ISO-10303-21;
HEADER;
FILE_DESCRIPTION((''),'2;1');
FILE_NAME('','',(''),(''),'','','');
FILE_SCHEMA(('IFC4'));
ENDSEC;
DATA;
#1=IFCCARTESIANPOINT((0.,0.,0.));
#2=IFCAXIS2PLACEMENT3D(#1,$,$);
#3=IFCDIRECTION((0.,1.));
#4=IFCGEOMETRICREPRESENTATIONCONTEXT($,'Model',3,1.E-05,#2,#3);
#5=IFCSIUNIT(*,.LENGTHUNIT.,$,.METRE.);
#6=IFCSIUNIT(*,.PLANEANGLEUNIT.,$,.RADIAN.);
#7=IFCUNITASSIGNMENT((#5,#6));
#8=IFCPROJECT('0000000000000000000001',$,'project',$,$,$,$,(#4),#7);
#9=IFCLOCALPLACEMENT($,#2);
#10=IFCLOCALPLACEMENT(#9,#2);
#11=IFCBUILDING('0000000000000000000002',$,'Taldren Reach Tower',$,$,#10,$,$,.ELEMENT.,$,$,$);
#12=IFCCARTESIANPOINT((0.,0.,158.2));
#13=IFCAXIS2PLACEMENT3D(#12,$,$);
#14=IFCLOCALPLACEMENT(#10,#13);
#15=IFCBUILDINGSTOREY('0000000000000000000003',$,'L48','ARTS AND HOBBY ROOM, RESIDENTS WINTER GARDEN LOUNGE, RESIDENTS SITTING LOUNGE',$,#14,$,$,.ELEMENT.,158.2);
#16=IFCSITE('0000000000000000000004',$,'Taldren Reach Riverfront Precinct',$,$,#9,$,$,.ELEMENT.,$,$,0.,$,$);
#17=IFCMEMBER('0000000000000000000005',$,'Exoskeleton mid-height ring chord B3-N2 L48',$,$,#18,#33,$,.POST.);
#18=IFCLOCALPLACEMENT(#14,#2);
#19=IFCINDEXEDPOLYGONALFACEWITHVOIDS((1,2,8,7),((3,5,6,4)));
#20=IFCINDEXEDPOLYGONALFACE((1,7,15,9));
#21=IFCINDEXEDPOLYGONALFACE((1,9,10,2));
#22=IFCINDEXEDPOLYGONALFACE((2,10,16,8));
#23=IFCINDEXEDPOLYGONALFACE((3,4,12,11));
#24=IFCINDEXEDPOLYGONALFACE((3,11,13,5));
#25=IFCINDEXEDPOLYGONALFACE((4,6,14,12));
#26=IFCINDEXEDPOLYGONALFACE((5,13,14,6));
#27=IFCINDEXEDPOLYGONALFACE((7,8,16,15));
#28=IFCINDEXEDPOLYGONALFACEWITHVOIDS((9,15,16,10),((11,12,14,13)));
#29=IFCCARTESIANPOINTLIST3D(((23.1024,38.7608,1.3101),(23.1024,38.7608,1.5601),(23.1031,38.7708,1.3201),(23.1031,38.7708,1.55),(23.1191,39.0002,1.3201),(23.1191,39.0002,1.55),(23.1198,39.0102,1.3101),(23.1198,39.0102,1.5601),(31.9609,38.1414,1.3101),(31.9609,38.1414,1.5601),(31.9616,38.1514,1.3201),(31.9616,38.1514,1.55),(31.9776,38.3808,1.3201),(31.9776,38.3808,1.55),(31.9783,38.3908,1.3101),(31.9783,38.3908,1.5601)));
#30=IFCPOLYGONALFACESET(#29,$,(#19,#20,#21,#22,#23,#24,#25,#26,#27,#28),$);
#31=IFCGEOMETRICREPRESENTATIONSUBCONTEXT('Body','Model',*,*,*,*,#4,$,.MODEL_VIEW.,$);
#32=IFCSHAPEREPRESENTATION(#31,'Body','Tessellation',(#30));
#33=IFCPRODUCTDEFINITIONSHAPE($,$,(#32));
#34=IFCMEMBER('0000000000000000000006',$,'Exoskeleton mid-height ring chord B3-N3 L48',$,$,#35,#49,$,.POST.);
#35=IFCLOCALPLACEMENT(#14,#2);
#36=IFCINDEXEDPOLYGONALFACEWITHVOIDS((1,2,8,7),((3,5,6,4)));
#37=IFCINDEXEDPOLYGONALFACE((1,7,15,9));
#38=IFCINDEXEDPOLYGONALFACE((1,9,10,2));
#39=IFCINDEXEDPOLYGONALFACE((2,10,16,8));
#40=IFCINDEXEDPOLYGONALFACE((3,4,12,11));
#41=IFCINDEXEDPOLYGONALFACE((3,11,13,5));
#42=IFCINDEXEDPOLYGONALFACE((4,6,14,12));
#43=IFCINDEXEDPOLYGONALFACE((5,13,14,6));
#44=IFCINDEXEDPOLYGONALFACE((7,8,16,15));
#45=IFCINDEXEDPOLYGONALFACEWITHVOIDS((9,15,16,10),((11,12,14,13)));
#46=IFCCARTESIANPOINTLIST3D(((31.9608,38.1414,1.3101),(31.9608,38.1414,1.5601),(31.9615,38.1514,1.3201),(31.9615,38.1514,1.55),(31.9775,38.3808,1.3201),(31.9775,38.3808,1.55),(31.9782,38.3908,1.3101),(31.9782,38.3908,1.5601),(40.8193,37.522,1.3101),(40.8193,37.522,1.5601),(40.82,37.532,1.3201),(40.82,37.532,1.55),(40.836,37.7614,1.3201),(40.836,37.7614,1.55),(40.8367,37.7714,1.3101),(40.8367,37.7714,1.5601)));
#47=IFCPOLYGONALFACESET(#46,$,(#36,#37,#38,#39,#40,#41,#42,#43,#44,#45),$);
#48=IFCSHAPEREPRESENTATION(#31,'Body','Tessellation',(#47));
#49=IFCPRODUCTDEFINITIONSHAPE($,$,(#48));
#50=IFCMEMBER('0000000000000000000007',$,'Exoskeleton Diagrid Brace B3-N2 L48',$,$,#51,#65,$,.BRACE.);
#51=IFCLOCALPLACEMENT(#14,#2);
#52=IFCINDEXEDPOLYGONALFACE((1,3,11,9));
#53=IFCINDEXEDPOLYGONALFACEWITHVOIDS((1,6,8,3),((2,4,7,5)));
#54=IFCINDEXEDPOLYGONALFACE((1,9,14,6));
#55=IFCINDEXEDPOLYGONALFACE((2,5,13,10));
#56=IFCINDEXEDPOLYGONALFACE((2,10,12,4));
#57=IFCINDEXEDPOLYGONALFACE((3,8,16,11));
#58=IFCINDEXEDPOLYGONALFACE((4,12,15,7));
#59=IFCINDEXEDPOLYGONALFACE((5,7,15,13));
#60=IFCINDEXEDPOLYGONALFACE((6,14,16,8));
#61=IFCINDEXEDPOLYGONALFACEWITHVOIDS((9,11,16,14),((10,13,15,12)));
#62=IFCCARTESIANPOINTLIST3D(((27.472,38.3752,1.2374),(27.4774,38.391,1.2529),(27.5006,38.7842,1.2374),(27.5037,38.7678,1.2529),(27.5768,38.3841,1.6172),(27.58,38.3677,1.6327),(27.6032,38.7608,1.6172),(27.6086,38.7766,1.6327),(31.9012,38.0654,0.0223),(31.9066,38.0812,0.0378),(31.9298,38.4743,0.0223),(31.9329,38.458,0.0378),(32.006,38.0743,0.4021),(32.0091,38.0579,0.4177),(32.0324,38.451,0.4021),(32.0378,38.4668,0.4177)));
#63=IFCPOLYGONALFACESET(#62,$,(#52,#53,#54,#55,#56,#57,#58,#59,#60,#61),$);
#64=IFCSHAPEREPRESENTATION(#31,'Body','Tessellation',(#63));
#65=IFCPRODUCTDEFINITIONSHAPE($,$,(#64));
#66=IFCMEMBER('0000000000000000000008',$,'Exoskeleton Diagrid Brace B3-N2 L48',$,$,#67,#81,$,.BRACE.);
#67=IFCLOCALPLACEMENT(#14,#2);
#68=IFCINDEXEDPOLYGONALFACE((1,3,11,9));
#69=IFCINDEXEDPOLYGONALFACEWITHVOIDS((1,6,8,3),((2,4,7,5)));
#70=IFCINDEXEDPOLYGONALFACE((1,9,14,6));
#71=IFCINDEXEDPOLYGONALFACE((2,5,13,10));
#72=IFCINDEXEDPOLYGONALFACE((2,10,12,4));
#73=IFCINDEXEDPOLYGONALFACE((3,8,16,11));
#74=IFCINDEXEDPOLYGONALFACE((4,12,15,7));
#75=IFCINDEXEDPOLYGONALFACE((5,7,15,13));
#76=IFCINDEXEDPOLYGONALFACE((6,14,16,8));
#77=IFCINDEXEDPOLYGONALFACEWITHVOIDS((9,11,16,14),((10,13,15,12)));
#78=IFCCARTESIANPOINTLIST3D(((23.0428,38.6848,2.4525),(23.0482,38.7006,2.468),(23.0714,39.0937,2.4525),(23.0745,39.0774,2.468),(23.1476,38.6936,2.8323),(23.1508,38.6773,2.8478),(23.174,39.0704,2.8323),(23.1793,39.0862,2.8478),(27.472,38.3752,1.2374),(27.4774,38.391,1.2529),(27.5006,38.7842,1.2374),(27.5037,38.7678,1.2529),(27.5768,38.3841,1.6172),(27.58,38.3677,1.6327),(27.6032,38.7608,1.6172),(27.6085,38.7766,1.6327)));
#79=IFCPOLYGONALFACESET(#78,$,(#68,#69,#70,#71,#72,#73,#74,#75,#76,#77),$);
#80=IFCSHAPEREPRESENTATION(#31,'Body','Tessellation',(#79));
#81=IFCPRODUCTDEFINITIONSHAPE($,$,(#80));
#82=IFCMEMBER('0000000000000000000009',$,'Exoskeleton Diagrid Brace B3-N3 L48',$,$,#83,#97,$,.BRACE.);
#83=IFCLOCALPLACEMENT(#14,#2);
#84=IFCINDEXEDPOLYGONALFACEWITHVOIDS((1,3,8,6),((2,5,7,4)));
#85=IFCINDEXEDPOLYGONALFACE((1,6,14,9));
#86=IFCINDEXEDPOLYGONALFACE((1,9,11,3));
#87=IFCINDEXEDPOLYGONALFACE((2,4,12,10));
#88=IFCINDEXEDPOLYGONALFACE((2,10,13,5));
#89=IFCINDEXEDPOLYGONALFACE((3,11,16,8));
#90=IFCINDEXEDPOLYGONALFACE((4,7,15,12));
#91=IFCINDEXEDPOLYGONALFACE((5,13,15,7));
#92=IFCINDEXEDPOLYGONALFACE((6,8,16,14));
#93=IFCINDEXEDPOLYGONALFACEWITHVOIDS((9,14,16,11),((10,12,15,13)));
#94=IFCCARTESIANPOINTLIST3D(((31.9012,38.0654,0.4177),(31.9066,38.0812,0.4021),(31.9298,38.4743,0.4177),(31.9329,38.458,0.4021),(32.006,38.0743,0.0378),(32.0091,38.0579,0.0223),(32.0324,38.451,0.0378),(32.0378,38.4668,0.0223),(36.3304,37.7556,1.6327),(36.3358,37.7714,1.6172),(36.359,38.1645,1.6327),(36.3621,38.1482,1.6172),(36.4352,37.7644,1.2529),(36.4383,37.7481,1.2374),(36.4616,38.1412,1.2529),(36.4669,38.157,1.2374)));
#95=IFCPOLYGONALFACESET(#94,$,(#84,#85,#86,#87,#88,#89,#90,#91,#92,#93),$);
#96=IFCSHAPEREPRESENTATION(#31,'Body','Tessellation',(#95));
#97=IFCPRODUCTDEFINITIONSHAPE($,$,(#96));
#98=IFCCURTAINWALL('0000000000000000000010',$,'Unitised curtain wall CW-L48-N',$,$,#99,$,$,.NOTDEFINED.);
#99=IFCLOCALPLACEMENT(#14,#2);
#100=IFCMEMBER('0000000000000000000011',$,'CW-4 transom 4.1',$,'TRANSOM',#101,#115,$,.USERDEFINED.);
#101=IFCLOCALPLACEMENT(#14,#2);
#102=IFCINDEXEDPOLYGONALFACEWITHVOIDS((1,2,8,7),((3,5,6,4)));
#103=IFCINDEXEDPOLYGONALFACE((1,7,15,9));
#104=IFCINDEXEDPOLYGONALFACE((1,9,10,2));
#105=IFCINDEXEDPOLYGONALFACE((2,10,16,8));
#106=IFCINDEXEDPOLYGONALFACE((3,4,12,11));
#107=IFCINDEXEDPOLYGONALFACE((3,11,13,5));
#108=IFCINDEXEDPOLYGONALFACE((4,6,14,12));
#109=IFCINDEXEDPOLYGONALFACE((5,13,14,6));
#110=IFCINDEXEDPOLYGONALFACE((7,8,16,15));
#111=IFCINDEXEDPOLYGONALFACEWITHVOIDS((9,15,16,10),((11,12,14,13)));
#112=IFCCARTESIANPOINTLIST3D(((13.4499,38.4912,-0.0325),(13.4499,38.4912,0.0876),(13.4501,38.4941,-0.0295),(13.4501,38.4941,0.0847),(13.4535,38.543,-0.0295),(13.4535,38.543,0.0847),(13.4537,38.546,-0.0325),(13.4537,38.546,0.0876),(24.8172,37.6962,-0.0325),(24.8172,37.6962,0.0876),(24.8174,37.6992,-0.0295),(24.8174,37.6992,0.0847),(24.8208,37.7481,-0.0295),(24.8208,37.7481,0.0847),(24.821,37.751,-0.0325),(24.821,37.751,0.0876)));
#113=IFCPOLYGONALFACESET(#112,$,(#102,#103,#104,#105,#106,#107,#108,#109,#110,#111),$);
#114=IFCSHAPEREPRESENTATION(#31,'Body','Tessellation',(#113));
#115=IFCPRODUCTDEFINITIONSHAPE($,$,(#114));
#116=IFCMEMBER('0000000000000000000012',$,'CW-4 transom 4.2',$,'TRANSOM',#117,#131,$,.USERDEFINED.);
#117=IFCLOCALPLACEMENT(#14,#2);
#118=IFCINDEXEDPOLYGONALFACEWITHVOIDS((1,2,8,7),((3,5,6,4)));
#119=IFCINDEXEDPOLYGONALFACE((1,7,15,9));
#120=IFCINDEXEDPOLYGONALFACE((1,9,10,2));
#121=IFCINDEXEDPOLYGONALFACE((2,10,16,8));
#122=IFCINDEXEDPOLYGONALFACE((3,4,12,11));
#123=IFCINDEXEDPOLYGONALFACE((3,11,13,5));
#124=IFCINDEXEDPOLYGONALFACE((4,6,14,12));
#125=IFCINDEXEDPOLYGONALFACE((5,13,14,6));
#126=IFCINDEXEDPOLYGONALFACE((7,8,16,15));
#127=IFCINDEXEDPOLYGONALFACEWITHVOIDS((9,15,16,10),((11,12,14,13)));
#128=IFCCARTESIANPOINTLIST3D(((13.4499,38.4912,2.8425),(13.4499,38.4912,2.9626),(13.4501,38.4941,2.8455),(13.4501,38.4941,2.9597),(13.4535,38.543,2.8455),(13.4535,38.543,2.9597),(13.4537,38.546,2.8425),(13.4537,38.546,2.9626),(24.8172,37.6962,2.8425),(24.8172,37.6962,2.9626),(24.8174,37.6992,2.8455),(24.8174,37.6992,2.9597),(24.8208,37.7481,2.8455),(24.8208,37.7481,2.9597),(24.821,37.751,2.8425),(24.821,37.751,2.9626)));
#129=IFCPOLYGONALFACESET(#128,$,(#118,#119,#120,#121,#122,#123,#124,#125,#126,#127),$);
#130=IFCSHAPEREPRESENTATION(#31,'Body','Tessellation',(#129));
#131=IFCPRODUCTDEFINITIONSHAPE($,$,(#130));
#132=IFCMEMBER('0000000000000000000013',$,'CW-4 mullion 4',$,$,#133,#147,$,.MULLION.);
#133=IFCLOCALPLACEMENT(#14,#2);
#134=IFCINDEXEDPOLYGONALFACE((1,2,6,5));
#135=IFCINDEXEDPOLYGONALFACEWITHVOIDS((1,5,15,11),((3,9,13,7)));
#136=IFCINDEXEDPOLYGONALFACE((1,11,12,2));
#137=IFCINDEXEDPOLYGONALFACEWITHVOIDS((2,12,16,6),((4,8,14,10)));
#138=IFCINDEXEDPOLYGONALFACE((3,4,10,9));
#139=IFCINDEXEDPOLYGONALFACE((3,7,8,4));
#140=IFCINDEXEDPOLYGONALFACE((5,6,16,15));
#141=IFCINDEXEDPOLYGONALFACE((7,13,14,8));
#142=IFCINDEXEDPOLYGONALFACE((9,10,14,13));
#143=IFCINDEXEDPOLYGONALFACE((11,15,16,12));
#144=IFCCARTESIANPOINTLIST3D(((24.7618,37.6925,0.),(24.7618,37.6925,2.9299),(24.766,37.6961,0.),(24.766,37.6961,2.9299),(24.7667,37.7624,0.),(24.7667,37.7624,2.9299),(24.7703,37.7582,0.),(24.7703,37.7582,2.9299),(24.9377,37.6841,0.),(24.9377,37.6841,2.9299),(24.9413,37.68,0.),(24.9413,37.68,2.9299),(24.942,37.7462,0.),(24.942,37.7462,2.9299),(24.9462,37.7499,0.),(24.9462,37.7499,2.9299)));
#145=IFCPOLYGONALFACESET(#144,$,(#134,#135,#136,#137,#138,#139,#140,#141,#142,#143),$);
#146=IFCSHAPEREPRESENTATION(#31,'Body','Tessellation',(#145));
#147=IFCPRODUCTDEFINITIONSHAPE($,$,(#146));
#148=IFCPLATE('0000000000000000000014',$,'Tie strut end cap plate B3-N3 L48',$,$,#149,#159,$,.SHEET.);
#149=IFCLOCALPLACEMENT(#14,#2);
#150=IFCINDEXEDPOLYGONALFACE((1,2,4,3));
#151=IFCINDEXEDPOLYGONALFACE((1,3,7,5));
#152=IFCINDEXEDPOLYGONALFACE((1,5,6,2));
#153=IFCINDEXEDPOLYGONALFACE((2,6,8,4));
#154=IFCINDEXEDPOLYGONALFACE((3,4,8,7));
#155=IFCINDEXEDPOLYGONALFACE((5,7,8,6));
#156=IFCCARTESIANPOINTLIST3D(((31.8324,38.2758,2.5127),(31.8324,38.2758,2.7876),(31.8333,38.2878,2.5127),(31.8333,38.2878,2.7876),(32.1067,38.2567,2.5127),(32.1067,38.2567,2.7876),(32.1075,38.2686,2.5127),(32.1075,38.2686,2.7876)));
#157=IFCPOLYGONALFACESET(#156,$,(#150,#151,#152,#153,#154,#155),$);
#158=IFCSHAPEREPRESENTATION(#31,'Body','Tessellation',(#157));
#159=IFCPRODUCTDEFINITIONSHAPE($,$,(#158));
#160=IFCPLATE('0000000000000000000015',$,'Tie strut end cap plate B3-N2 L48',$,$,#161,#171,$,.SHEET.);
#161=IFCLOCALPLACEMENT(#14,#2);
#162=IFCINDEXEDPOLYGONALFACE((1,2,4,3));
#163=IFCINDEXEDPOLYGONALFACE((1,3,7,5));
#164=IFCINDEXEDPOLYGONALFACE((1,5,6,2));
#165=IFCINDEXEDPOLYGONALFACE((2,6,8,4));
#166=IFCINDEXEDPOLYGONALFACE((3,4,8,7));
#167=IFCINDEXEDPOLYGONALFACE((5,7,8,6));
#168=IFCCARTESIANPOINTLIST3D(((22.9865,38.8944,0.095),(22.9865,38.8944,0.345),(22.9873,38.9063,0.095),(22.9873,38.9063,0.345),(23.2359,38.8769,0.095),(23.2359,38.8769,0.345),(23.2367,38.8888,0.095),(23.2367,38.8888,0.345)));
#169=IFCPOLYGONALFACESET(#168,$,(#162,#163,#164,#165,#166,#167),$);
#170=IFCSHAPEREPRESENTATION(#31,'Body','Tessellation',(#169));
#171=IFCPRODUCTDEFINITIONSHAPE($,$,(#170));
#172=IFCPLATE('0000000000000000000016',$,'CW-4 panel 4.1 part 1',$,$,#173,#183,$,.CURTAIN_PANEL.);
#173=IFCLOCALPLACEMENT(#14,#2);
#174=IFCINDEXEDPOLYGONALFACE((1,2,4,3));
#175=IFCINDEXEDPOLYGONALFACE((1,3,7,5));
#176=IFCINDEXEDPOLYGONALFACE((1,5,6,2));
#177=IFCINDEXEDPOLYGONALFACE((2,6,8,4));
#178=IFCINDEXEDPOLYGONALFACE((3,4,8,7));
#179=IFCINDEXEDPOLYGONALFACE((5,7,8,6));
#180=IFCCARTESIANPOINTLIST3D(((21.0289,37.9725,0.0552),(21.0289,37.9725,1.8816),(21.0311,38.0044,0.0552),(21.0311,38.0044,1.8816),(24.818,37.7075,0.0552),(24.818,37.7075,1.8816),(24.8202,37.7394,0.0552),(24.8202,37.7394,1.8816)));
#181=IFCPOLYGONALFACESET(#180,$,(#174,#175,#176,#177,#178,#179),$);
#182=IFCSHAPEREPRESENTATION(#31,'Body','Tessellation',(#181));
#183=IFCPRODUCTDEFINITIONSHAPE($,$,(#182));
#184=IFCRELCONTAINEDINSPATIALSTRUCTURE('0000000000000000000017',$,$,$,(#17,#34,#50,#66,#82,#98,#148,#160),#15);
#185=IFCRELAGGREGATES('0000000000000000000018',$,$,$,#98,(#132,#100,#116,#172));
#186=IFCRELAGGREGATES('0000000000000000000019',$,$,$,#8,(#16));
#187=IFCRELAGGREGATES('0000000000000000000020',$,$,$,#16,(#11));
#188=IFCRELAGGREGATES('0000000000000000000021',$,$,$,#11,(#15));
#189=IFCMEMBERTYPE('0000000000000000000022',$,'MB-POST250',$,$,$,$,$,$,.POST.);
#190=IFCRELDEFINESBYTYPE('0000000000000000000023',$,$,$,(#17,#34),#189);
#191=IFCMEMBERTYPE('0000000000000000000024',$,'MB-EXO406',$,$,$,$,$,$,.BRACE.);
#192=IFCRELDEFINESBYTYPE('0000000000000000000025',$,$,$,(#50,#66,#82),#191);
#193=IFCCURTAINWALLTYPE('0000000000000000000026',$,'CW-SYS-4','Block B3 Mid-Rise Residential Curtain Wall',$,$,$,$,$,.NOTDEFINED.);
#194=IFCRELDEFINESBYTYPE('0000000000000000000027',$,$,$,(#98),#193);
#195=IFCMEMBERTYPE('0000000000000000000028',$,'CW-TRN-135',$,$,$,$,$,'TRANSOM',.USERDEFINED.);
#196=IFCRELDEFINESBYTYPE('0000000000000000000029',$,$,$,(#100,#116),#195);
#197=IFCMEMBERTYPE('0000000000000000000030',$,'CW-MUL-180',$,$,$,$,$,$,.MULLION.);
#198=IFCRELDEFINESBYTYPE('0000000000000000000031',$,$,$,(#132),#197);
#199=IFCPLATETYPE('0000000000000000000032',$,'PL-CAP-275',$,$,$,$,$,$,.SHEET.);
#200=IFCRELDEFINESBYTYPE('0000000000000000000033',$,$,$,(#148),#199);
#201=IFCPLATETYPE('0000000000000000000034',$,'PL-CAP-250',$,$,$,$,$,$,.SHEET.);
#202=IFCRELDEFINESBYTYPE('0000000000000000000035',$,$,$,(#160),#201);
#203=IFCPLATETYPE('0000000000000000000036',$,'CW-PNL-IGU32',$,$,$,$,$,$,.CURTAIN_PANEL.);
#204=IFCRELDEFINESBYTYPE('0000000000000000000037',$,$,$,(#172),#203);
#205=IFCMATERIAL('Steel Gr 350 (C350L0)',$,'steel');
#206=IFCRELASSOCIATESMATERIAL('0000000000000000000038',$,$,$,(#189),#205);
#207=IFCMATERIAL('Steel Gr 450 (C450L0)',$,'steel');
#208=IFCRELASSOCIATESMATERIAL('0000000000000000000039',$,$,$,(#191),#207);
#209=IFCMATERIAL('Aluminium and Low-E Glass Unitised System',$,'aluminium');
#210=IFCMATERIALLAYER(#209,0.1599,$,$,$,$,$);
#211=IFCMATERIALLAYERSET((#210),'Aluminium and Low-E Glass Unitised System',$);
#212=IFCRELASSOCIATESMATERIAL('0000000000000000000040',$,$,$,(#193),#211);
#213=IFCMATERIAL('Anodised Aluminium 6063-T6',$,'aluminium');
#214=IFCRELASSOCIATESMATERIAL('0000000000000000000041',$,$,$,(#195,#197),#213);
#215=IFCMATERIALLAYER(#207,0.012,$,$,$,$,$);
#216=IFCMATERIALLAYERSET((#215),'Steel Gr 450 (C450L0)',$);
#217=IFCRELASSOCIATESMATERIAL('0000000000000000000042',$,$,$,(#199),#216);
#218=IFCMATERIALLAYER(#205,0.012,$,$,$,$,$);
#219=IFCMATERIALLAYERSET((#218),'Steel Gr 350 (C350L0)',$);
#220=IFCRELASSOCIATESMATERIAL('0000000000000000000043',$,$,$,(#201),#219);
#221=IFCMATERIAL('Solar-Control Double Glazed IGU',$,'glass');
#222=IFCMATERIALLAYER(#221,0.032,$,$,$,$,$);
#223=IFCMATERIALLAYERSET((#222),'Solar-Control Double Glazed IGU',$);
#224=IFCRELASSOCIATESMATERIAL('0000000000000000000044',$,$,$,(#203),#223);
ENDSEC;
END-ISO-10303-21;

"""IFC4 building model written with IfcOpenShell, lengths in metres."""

from ifc_helpers import new_model, si_unit, direction, frame, origin, origin_2d, place, context, subcontext, project, spatial, rectangle, hollow_rectangle, extrude, source, transform, mapped, material, layer, layer_set, material_profile, profile_set, type_object, element, aggregate, save


model = new_model("IFC4")

# Units and contexts
model_context = context("Model", 3, precision=1e-05, world=origin(), true_north=direction((0.0, 1.0)))
body_context = subcontext(model_context, "Body", "Model", "MODEL_VIEW")
ifc_project = project(units=[si_unit("LENGTHUNIT", "METRE"), si_unit("PLANEANGLEUNIT", "RADIAN")], contexts=[model_context])

# Site, building, storey
site_placement = place(None, origin())
site = spatial("IfcSite", under=ifc_project, at=site_placement, Name="Taldren Reach Riverfront Precinct", CompositionType="ELEMENT", RefElevation=0.0)
building_placement = place(site_placement, origin())
building = spatial("IfcBuilding", under=site, at=building_placement, Name="Taldren Reach Tower", CompositionType="ELEMENT")
storey_placement = place(building_placement, frame((0.0, 0.0, 158.2)))
storey = spatial("IfcBuildingStorey", under=building, at=storey_placement, Name="L48", Description="ARTS AND HOBBY ROOM, RESIDENTS WINTER GARDEN LOUNGE, RESIDENTS SITTING LOUNGE", CompositionType="ELEMENT", Elevation=158.2)

# Shared definitions
ifc_material_1 = material(Name="Steel Gr 450 (C450L0)", Category="steel")
ifc_material_2 = material(Name="Steel Gr 350 (C350L0)", Category="steel")
ifc_material_profile_1 = material_profile(ifc_material_2, hollow_rectangle(XDim=0.25, YDim=0.25, WallThickness=0.01, at=origin_2d()), Name="250x250x10.0SHS")
ifc_profile_set_1 = profile_set([ifc_material_profile_1], Name="Steel Gr 350 (C350L0)")
member_type_1 = type_object("IfcMemberType", Name="MB-POST250", PredefinedType="POST", material=ifc_profile_set_1)

# Members
shared_shape_1 = source(origin(), body_context, "Body", "SweptSolid", [
    extrude(hollow_rectangle(XDim=0.25, YDim=0.25, WallThickness=0.01, at=origin_2d()), origin(), (0.0, 0.0, 1.0), 8.8801),
])
for number, where, z_axis, x_axis, name in (
    (1, (23.1111, 38.8855, 1.4351), (0.997564, -0.06975, 0.0), (0.06975, 0.997564, 0.0), "Exoskeleton mid-height ring chord B3-N2 L48"),
    (2, (31.9695, 38.2661, 1.4351), (0.997564, -0.06975, 0.0), (0.06975, 0.997564, 0.0), "Exoskeleton mid-height ring chord B3-N3 L48"),
):
    element("IfcMember", number, at=place(storey_placement, frame(where, z_axis=z_axis, x_axis=x_axis)), inside=storey, type_object=member_type_1, Name=name, PredefinedType="POST", context=body_context, shape_type="MappedRepresentation", body=[
        mapped(shared_shape_1, transform((0.0, 0.0, 0.0), scale=1.0)),
    ])
ifc_material_profile_2 = material_profile(ifc_material_1, hollow_rectangle(XDim=0.4099, YDim=0.4099, WallThickness=0.0161, at=origin_2d()), Name="410x410x16.0SHS")
ifc_profile_set_2 = profile_set([ifc_material_profile_2], Name="Steel Gr 450 (C450L0)")
member_type_2 = type_object("IfcMemberType", Name="MB-EXO406", PredefinedType="BRACE", material=ifc_profile_set_2)
shared_shape_2 = source(origin(), body_context, "Body", "SweptSolid", [
    extrude(hollow_rectangle(XDim=0.4099, YDim=0.4099, WallThickness=0.0161, at=origin_2d()), origin(), (0.0, 0.0, 1.0), 4.6033),
])
for number, where, z_axis, x_axis, name in (
    (3, (31.9695, 38.2661, 0.22), (-0.962182, 0.067303, 0.263961), (-0.069778, -0.997563, 0.0), "Exoskeleton Diagrid Brace B3-N2 L48"),
    (4, (27.5403, 38.5759, 1.4351), (-0.962186, 0.06725, 0.263962), (-0.069723, -0.997566, 0.0), "Exoskeleton Diagrid Brace B3-N2 L48"),
    (5, (31.9695, 38.2661, 0.22), (0.962182, -0.067303, 0.263961), (0.069778, 0.997563, 0.0), "Exoskeleton Diagrid Brace B3-N3 L48"),
):
    element("IfcMember", number, at=place(storey_placement, frame(where, z_axis=z_axis, x_axis=x_axis)), inside=storey, type_object=member_type_2, Name=name, PredefinedType="BRACE", context=body_context, shape_type="MappedRepresentation", body=[
        mapped(shared_shape_2, transform((0.0, 0.0, 0.0), scale=1.0)),
    ])

# Curtain wall, members
ifc_material_3 = material(Name="Aluminium and Low-E Glass Unitised System", Category="aluminium")
ifc_layer_1 = layer(ifc_material_3, 0.1599)
ifc_layer_set_1 = layer_set([ifc_layer_1], Name="Aluminium and Low-E Glass Unitised System")
curtain_wall_type = type_object("IfcCurtainWallType", Name="CW-SYS-4", Description="Block B3 Mid-Rise Residential Curtain Wall", PredefinedType="NOTDEFINED", material=ifc_layer_set_1)
curtain_wall_placement = place(storey_placement, origin())
curtain_wall = element("IfcCurtainWall", 6, at=curtain_wall_placement, inside=storey, type_object=curtain_wall_type, Name="Unitised curtain wall CW-L48-N", PredefinedType="NOTDEFINED")
ifc_material_4 = material(Name="Anodised Aluminium 6063-T6", Category="aluminium")
ifc_material_profile_3 = material_profile(ifc_material_4, hollow_rectangle(XDim=0.0549, YDim=0.1201, WallThickness=0.0029, at=origin_2d()), Name="ALU-120x55x3RHS")
ifc_profile_set_3 = profile_set([ifc_material_profile_3], Name="Anodised Aluminium 6063-T6")
member_type_3 = type_object("IfcMemberType", Name="CW-TRN-135", ElementType="TRANSOM", PredefinedType="USERDEFINED", material=ifc_profile_set_3)
shared_shape_3 = source(origin(), body_context, "Body", "SweptSolid", [
    extrude(hollow_rectangle(XDim=0.0549, YDim=0.1201, WallThickness=0.0029, at=origin_2d()), origin(), (0.0, 0.0, 1.0), 11.395),
])
member_1_placement = place(storey_placement, frame((24.8191, 37.7236, 0.0276), z_axis=(-0.997564, 0.069761, 0.0), x_axis=(-0.069761, -0.997564, 0.0)))
member_1 = element("IfcMember", 7, at=member_1_placement, type_object=member_type_3, Name="CW-4 transom 4.1", ObjectType="TRANSOM", PredefinedType="USERDEFINED", context=body_context, shape_type="MappedRepresentation", body=[
    mapped(shared_shape_3, transform((0.0, 0.0, 0.0), scale=1.0)),
])
member_2_placement = place(storey_placement, frame((24.8191, 37.7236, 2.9026), z_axis=(-0.997564, 0.069761, 0.0), x_axis=(-0.069761, -0.997564, 0.0)))
member_2 = element("IfcMember", 8, at=member_2_placement, type_object=member_type_3, Name="CW-4 transom 4.2", ObjectType="TRANSOM", PredefinedType="USERDEFINED", context=body_context, shape_type="MappedRepresentation", body=[
    mapped(shared_shape_3, transform((0.0, 0.0, 0.0), scale=1.0)),
])
ifc_material_profile_4 = material_profile(ifc_material_4, hollow_rectangle(XDim=0.0701, YDim=0.1799, WallThickness=0.0039, at=origin_2d()), Name="ALU-180x70x4RHS")
ifc_profile_set_4 = profile_set([ifc_material_profile_4], Name="Anodised Aluminium 6063-T6")
member_type_4 = type_object("IfcMemberType", Name="CW-MUL-180", PredefinedType="MULLION", material=ifc_profile_set_4)
shared_shape_4 = source(origin(), body_context, "Body", "SweptSolid", [
    extrude(hollow_rectangle(XDim=0.0701, YDim=0.1799, WallThickness=0.0039, at=origin_2d()), origin(), (0.0, 0.0, 1.0), 2.9299),
])
member_3_placement = place(storey_placement, frame((24.854, 37.7212, 0.0), z_axis=(0.0, 0.0, 1.0), x_axis=(-0.069757, -0.997564, 0.0)))
member_3 = element("IfcMember", 9, at=member_3_placement, type_object=member_type_4, Name="CW-4 mullion 4", PredefinedType="MULLION", context=body_context, shape_type="MappedRepresentation", body=[
    mapped(shared_shape_4, transform((0.0, 0.0, 0.0), scale=1.0)),
])

# Plates
ifc_layer_2 = layer(ifc_material_1, 0.012)
ifc_layer_set_2 = layer_set([ifc_layer_2], Name="Steel Gr 450 (C450L0)")
plate_type_1 = type_object("IfcPlateType", Name="PL-CAP-275", PredefinedType="SHEET", material=ifc_layer_set_2)
shared_shape_5 = source(origin(), body_context, "Body", "SweptSolid", [
    extrude(rectangle(XDim=0.2749, YDim=0.012, at=origin_2d()), origin(), (0.0, 0.0, 1.0), 0.2749),
])
plate_1_placement = place(storey_placement, frame((31.97, 38.2722, 2.5127), z_axis=(0.0, 0.0, 1.0), x_axis=(0.997564, -0.069756, 0.0)))
element("IfcPlate", 10, at=plate_1_placement, inside=storey, type_object=plate_type_1, Name="Tie strut end cap plate B3-N3 L48", PredefinedType="SHEET", context=body_context, shape_type="MappedRepresentation", body=[
    mapped(shared_shape_5, transform((0.0, 0.0, 0.0), scale=1.0)),
])
ifc_layer_3 = layer(ifc_material_2, 0.012)
ifc_layer_set_3 = layer_set([ifc_layer_3], Name="Steel Gr 350 (C350L0)")
plate_type_2 = type_object("IfcPlateType", Name="PL-CAP-250", PredefinedType="SHEET", material=ifc_layer_set_3)
shared_shape_6 = source(origin(), body_context, "Body", "SweptSolid", [
    extrude(rectangle(XDim=0.25, YDim=0.012, at=origin_2d()), origin(), (0.0, 0.0, 1.0), 0.25),
])
plate_2_placement = place(storey_placement, frame((23.1116, 38.8916, 0.095), z_axis=(0.0, 0.0, 1.0), x_axis=(0.997564, -0.069756, 0.0)))
element("IfcPlate", 11, at=plate_2_placement, inside=storey, type_object=plate_type_2, Name="Tie strut end cap plate B3-N2 L48", PredefinedType="SHEET", context=body_context, shape_type="MappedRepresentation", body=[
    mapped(shared_shape_6, transform((0.0, 0.0, 0.0), scale=1.0)),
])

# Plate
ifc_material_5 = material(Name="Solar-Control Double Glazed IGU", Category="glass")
ifc_layer_4 = layer(ifc_material_5, 0.032)
ifc_layer_set_4 = layer_set([ifc_layer_4], Name="Solar-Control Double Glazed IGU")
plate_type_3 = type_object("IfcPlateType", Name="CW-PNL-IGU32", PredefinedType="CURTAIN_PANEL", material=ifc_layer_set_4)
shared_shape_7 = source(origin(), body_context, "Body", "SweptSolid", [
    extrude(rectangle(XDim=3.7983, YDim=0.032, at=origin_2d()), origin(), (0.0, 0.0, 1.0), 1.8264),
])
plate_3_placement = place(storey_placement, frame((22.9246, 37.856, 0.0552), z_axis=(0.0, 0.0, 1.0), x_axis=(-0.997564, 0.069757, 0.0)))
plate_3 = element("IfcPlate", 12, at=plate_3_placement, type_object=plate_type_3, Name="CW-4 panel 4.1 part 1", PredefinedType="CURTAIN_PANEL", context=body_context, shape_type="MappedRepresentation", body=[
    mapped(shared_shape_7, transform((0.0, 0.0, 0.0), scale=1.0)),
])
aggregate(curtain_wall, [member_3, member_1, member_2, plate_3])

save(model, "model.ifc")
